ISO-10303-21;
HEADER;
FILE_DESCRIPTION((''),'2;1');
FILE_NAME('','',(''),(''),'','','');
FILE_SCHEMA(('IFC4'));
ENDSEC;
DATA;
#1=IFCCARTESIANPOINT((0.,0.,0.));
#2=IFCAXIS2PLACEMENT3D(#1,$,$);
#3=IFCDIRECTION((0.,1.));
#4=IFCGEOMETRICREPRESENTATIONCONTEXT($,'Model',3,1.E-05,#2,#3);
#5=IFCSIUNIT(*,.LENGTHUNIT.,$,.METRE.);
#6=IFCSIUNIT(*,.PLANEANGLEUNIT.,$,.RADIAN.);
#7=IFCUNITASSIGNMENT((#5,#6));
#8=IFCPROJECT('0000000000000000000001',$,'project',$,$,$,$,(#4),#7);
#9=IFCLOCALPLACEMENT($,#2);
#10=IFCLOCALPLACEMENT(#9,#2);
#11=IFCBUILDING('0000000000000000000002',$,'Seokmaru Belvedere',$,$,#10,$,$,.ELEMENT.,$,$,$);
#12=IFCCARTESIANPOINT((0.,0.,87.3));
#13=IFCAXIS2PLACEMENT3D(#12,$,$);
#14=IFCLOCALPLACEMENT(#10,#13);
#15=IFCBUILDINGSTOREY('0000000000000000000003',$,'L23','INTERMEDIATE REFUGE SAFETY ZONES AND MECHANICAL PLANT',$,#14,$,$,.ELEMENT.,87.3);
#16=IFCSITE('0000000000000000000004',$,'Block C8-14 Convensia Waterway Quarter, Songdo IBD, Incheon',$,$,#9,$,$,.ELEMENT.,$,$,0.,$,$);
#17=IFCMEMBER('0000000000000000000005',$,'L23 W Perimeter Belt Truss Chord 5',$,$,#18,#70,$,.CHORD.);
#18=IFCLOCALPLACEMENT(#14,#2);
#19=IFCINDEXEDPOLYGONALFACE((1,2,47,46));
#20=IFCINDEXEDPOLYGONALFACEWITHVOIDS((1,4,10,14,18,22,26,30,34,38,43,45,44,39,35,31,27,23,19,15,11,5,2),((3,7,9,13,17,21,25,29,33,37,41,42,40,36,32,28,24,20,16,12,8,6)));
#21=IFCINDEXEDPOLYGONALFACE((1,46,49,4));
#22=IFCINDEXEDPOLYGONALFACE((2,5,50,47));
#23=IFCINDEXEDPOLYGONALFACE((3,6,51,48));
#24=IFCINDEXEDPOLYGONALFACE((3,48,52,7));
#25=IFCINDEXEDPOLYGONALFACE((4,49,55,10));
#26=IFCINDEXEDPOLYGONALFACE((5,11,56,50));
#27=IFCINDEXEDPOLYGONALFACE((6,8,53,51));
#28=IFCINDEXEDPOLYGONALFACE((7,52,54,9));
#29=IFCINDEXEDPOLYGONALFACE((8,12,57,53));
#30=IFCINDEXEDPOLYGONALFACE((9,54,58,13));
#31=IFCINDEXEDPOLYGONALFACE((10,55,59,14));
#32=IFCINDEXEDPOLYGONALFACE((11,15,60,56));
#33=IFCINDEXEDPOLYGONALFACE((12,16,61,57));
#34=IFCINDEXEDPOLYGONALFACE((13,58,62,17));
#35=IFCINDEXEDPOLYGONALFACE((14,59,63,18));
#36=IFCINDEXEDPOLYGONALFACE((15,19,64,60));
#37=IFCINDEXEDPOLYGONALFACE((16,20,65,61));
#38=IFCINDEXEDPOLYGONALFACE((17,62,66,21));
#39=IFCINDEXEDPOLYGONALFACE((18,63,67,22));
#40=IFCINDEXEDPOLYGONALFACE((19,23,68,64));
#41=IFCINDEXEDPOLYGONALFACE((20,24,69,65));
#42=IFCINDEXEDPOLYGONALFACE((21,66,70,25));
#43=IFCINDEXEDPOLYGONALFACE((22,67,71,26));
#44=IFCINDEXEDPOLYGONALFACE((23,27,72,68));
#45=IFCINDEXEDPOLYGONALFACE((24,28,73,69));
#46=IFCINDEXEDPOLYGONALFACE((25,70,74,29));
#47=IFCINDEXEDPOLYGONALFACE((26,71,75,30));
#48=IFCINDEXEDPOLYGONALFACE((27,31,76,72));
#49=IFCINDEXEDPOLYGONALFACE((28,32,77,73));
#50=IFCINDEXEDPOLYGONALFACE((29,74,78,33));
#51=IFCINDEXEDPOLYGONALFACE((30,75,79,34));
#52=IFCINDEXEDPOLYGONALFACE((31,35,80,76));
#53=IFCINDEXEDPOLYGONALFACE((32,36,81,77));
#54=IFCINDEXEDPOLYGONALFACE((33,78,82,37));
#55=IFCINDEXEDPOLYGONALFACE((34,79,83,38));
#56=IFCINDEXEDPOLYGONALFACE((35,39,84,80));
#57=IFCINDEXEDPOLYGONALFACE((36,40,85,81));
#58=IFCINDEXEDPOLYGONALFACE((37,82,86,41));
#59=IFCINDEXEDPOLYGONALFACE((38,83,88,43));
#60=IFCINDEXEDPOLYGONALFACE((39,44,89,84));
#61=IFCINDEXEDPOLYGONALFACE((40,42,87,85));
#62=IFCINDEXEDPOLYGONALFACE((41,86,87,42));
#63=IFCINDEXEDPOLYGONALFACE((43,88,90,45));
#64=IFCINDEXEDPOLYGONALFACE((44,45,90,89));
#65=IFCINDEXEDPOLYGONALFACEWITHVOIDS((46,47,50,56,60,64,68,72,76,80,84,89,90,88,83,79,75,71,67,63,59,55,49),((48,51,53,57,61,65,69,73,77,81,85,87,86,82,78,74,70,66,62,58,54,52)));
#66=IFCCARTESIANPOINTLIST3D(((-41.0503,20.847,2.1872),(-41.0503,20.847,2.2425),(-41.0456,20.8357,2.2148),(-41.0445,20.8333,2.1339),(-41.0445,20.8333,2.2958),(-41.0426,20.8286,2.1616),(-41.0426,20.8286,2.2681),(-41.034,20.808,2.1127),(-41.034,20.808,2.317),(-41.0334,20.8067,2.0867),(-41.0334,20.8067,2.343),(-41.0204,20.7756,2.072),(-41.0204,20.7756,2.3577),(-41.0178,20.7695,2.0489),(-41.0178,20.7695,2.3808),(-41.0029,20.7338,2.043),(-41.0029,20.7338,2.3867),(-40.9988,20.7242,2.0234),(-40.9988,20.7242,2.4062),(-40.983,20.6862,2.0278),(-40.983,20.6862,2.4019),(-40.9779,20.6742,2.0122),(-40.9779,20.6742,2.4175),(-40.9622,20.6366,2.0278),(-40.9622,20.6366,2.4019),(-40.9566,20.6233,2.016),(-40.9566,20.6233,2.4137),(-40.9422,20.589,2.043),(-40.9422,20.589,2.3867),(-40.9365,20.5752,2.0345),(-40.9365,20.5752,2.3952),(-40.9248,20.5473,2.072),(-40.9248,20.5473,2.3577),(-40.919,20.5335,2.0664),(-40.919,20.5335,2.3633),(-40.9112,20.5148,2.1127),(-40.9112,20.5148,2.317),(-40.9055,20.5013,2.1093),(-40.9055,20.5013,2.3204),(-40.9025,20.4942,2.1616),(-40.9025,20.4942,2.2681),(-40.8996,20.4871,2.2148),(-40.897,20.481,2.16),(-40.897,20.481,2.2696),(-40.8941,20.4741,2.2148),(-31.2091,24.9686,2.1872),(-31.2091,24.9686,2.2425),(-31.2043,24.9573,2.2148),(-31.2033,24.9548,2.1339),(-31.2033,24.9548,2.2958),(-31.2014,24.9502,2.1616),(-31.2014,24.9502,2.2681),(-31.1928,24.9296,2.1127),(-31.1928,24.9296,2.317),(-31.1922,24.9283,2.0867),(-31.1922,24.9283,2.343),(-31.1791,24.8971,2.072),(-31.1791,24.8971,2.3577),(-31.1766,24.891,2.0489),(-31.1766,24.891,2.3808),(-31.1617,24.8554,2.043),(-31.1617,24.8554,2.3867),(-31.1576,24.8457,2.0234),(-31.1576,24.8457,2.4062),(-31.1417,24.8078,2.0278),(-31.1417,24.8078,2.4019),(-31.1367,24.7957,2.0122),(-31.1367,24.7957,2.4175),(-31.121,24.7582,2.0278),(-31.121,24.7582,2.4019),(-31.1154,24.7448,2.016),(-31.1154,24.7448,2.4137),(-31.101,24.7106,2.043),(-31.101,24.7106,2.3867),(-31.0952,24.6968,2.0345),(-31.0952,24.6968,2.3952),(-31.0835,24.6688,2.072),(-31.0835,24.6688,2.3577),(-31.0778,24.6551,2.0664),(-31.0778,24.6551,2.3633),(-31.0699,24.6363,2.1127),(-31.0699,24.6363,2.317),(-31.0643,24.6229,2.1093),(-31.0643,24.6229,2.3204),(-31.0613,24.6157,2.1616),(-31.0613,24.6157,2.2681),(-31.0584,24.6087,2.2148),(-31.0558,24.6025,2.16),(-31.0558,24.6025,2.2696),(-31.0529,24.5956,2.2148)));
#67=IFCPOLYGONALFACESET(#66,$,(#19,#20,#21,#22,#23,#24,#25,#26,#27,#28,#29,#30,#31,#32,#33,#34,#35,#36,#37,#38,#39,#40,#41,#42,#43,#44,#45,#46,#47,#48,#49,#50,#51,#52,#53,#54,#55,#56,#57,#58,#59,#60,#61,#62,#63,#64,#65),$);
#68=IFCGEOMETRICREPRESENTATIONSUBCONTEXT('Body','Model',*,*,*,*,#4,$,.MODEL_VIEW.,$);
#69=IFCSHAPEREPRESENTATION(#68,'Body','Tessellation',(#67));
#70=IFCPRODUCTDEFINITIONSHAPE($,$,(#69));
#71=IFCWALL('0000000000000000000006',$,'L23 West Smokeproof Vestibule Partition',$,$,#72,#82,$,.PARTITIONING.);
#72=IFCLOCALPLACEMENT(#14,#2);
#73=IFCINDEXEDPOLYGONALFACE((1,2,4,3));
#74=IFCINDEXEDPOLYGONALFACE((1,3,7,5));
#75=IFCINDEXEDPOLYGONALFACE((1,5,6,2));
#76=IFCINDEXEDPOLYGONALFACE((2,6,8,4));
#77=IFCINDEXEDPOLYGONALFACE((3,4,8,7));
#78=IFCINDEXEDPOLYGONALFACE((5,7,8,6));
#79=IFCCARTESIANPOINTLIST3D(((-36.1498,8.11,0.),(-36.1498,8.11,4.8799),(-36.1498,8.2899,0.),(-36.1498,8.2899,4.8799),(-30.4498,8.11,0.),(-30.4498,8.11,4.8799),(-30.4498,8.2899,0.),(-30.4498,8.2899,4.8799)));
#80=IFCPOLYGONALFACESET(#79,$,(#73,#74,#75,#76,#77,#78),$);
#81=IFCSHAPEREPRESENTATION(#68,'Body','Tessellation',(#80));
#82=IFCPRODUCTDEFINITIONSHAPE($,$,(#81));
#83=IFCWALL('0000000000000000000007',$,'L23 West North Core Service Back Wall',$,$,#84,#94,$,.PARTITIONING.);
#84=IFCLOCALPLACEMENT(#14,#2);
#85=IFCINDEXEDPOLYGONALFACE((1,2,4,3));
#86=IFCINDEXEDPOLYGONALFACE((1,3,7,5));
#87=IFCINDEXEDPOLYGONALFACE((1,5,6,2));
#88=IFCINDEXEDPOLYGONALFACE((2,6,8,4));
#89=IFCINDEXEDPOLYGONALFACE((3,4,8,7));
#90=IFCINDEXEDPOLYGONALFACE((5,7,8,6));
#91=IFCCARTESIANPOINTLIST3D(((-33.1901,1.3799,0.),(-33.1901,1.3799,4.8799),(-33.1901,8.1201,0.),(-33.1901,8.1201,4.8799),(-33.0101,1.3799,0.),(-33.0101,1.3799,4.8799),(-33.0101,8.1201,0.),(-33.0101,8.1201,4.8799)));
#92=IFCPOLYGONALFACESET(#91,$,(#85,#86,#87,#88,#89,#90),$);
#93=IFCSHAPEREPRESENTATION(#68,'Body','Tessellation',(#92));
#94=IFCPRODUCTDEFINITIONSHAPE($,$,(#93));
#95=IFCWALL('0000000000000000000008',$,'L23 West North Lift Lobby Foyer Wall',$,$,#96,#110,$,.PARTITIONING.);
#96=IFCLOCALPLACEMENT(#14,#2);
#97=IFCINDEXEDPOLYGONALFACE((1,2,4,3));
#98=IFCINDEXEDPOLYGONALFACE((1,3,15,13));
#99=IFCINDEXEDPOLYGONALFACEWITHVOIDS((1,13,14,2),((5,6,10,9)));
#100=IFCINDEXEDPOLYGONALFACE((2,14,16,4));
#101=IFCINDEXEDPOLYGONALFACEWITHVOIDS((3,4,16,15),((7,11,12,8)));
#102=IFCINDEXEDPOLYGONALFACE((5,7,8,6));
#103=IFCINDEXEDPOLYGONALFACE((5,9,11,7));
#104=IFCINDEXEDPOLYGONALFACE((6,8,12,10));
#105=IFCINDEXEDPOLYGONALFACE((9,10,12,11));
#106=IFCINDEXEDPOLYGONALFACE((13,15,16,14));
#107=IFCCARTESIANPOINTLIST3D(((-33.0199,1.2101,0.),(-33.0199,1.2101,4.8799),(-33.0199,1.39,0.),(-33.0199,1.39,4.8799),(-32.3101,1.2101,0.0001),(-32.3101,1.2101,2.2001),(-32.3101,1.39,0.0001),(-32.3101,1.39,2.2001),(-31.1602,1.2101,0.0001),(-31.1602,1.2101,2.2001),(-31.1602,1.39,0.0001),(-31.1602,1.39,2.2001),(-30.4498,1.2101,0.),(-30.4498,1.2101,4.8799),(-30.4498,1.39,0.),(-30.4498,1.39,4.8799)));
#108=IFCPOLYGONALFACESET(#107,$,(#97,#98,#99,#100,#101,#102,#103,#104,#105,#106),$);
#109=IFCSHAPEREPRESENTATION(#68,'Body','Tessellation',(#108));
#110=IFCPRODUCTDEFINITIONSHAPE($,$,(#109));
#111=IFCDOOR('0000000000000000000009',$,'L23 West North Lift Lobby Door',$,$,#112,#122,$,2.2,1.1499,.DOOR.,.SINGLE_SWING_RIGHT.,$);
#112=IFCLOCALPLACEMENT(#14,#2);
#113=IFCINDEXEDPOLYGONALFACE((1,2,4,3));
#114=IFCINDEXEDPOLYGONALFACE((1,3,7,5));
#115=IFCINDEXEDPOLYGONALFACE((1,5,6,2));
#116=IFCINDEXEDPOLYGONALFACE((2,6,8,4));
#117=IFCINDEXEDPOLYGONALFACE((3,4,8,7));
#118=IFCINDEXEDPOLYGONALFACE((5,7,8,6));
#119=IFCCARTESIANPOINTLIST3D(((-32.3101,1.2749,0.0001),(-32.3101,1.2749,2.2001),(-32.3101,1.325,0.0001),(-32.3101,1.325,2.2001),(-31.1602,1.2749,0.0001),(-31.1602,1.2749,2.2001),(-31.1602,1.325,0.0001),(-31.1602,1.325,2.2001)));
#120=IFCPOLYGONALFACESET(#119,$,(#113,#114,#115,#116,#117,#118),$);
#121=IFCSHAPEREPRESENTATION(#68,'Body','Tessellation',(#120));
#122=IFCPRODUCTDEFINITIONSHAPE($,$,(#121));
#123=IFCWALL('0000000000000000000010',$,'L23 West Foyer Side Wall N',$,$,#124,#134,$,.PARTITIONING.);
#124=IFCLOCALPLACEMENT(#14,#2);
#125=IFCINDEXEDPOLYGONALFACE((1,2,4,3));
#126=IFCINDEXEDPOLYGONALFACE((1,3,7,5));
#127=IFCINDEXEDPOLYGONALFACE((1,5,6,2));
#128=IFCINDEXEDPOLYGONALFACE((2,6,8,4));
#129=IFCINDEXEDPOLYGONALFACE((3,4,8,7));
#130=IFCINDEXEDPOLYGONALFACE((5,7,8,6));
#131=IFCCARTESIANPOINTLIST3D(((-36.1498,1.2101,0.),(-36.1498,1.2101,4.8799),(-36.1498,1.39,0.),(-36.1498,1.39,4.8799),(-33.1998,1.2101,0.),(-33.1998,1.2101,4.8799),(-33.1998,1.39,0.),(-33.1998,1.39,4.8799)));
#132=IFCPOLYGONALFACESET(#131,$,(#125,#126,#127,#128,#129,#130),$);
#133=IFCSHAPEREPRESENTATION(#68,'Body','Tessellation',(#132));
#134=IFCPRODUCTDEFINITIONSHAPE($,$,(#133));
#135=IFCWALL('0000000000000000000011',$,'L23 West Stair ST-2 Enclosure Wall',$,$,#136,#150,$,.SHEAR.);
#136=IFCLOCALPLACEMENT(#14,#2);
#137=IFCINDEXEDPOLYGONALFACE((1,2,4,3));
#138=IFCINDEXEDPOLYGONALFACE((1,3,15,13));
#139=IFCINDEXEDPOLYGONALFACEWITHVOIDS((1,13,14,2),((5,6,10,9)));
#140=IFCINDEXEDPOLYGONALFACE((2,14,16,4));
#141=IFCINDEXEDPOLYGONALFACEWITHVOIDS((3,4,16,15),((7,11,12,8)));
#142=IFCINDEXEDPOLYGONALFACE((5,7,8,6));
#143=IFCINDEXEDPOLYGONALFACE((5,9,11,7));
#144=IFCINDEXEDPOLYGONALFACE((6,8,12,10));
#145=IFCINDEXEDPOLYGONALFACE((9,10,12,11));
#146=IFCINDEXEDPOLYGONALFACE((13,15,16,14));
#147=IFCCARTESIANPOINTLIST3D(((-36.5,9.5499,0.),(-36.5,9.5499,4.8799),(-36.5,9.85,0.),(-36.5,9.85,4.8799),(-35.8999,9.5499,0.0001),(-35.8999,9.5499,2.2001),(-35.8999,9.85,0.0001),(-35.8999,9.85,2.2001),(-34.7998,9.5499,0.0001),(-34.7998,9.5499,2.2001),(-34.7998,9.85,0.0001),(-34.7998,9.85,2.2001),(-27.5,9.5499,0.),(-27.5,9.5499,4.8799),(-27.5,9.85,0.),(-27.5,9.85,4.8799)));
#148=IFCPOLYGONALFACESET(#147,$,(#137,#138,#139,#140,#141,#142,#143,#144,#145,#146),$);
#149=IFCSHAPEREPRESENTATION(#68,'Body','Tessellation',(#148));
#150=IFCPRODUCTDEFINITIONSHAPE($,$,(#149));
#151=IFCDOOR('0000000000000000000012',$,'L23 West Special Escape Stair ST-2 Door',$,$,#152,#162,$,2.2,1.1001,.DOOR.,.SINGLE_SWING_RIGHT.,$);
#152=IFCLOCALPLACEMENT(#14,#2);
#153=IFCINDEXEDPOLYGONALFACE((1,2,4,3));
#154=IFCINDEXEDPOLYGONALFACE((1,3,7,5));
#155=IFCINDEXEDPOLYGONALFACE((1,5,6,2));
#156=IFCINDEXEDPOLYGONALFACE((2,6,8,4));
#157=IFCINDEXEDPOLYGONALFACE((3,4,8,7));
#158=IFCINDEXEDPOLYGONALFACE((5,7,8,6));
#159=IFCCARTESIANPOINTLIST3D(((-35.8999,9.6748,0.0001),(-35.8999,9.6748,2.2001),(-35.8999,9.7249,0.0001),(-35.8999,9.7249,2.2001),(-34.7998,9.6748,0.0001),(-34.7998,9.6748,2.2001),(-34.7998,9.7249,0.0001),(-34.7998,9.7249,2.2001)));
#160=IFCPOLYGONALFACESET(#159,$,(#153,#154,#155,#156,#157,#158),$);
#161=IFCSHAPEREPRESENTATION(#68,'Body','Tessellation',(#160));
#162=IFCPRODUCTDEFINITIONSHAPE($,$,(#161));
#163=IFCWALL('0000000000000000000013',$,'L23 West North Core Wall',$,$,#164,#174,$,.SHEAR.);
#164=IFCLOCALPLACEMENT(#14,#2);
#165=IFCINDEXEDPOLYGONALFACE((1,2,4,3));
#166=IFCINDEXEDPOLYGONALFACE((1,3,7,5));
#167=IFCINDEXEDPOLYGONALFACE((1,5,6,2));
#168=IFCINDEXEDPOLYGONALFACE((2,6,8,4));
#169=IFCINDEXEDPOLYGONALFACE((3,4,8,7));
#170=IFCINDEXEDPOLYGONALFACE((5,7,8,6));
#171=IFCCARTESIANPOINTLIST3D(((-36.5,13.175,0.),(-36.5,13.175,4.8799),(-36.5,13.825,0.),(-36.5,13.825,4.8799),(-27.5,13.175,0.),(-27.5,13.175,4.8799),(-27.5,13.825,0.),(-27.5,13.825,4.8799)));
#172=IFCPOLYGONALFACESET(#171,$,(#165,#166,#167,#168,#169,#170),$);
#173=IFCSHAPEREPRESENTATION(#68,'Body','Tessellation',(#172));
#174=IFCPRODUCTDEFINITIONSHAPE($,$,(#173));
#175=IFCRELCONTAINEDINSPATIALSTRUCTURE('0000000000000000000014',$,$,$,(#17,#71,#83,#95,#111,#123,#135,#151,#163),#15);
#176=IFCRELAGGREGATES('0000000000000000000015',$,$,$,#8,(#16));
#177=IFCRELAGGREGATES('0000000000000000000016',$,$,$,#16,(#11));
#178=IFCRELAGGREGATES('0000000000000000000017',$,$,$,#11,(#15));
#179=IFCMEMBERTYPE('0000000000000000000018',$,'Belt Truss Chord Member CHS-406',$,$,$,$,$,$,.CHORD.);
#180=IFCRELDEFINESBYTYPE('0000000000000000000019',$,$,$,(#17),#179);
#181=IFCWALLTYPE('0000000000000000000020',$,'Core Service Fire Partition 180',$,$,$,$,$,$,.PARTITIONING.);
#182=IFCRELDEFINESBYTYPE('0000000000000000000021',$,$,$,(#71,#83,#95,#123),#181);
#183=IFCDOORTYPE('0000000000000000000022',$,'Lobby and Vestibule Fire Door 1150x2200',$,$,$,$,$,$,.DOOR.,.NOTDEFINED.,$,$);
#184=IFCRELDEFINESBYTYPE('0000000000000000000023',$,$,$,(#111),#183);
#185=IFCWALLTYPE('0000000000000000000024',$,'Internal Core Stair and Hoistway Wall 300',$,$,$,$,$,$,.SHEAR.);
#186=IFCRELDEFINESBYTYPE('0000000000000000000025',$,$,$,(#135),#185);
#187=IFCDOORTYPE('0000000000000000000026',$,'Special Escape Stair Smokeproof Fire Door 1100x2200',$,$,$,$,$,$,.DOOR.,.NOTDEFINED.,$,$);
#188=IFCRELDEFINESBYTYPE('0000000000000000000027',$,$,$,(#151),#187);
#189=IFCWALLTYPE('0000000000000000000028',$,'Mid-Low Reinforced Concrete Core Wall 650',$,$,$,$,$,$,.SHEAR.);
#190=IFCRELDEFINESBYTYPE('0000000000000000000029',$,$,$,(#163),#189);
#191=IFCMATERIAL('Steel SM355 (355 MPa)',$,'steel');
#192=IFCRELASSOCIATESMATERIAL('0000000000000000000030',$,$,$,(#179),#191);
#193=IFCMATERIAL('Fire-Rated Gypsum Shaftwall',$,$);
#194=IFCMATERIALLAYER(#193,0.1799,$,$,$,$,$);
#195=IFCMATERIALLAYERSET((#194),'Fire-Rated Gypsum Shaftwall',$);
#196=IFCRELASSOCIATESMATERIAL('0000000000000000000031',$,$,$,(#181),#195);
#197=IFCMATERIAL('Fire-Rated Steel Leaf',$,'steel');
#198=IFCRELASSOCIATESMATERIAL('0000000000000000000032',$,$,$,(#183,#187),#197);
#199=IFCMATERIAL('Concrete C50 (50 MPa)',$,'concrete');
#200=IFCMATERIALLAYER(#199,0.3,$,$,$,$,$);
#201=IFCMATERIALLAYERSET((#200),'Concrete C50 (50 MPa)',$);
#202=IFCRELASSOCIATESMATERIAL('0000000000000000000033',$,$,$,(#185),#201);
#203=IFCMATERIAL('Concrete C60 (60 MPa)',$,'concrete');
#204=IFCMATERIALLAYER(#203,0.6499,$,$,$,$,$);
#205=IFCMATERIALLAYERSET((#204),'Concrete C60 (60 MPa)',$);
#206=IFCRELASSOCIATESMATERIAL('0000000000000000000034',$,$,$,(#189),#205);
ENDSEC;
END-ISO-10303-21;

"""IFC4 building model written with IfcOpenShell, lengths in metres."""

from ifc_helpers import new_model, si_unit, direction, frame, frame_2d, origin, origin_2d, place, context, subcontext, project, spatial, rectangle, hollow_circle, extrude, source, transform, mapped, material, layer, layer_set, material_profile, profile_set, type_object, type_shapes, element, fill, save


model = new_model("IFC4")

# Units and contexts
model_context = context("Model", 3, precision=1e-05, world=origin(), true_north=direction((0.0, 1.0)))
body_context = subcontext(model_context, "Body", "Model", "MODEL_VIEW")
ifc_project = project(units=[si_unit("LENGTHUNIT", "METRE"), si_unit("PLANEANGLEUNIT", "RADIAN")], contexts=[model_context])

# Site, building, storey
site_placement = place(None, origin())
site = spatial("IfcSite", under=ifc_project, at=site_placement, Name="Block C8-14 Convensia Waterway Quarter, Songdo IBD, Incheon", CompositionType="ELEMENT", RefElevation=0.0)
building_placement = place(site_placement, origin())
building = spatial("IfcBuilding", under=site, at=building_placement, Name="Seokmaru Belvedere", CompositionType="ELEMENT")
storey_placement = place(building_placement, frame((0.0, 0.0, 87.3)))
storey = spatial("IfcBuildingStorey", under=building, at=storey_placement, Name="L23", Description="INTERMEDIATE REFUGE SAFETY ZONES AND MECHANICAL PLANT", CompositionType="ELEMENT", Elevation=87.3)

# Shared definitions
ifc_material_1 = material(Name="Steel SM355 (355 MPa)", Category="steel")

# Member
ifc_material_profile_1 = material_profile(ifc_material_1, hollow_circle(Radius=0.2031, WallThickness=0.0142, at=origin_2d()), Name="CHS-406.4x14.2")
ifc_profile_set_1 = profile_set([ifc_material_profile_1], Name="Steel SM355 (355 MPa)")
member_type_1 = type_object("IfcMemberType", Name="Belt Truss Chord Member CHS-406", PredefinedType="CHORD", material=ifc_profile_set_1)
shared_shape_1 = source(origin(), body_context, "Body", "SweptSolid", [
    extrude(hollow_circle(Radius=0.2031, WallThickness=0.0142, at=origin_2d()), origin(), (0.0, 0.0, 1.0), 10.6694),
])
type_shapes(member_type_1, [shared_shape_1])
member_1_placement = place(storey_placement, frame((-31.1313, 24.783, 2.2148), z_axis=(-0.922375, -0.386295, 0.0), x_axis=(0.386295, -0.922375, 0.0)))
element("IfcMember", 1, at=member_1_placement, inside=storey, type_object=member_type_1, Name="L23 W Perimeter Belt Truss Chord 5", PredefinedType="CHORD", context=body_context, shape_type="MappedRepresentation", body=[
    mapped(shared_shape_1, transform((0.0, 0.0, 0.0), scale=1.0)),
])

# Walls
ifc_material_2 = material(Name="Fire-Rated Gypsum Shaftwall")
ifc_layer_1 = layer(ifc_material_2, 0.1799)
ifc_layer_set_1 = layer_set([ifc_layer_1], Name="Fire-Rated Gypsum Shaftwall")
wall_type_1 = type_object("IfcWallType", Name="Core Service Fire Partition 180", PredefinedType="PARTITIONING", material=ifc_layer_set_1)
wall_1_placement = place(storey_placement, frame((-36.1499, 8.2, 0.0), z_axis=(0.0, 0.0, 1.0), x_axis=(1.0, 0.0, 0.0)))
element("IfcWall", 2, at=wall_1_placement, inside=storey, type_object=wall_type_1, Name="L23 West Smokeproof Vestibule Partition", PredefinedType="PARTITIONING", context=body_context, shape_type="SweptSolid", body=[
    extrude(rectangle(XDim=5.7, YDim=0.1799, at=frame_2d((2.8501, 0.0))), origin(), (0.0, 0.0, 1.0), 4.8799),
])
wall_2_placement = place(storey_placement, frame((-33.1001, 1.3799, 0.0), z_axis=(0.0, 0.0, 1.0), x_axis=(0.0, 1.0, 0.0)))
element("IfcWall", 3, at=wall_2_placement, inside=storey, type_object=wall_type_1, Name="L23 West North Core Service Back Wall", PredefinedType="PARTITIONING", context=body_context, shape_type="SweptSolid", body=[
    extrude(rectangle(XDim=6.7402, YDim=0.1799, at=frame_2d((3.3701, 0.0))), origin(), (0.0, 0.0, 1.0), 4.8799),
])

# Wall, opening, door
wall_3_placement = place(storey_placement, frame((-33.02, 1.3, 0.0), z_axis=(0.0, 0.0, 1.0), x_axis=(1.0, 0.0, 0.0)))
wall_3 = element("IfcWall", 4, at=wall_3_placement, inside=storey, type_object=wall_type_1, Name="L23 West North Lift Lobby Foyer Wall", PredefinedType="PARTITIONING", context=body_context, shape_type="SweptSolid", body=[
    extrude(rectangle(XDim=2.5701, YDim=0.1799, at=frame_2d((1.2852, 0.0))), origin(), (0.0, 0.0, 1.0), 4.8799),
])
opening_1_placement = place(wall_3_placement, frame((0.71, 0.0, 0.0)))
opening_1 = element("IfcOpeningElement", 5, at=opening_1_placement, cuts=wall_3, PredefinedType="OPENING", context=body_context, shape_type="SweptSolid", body=[
    extrude(rectangle(XDim=1.1499, YDim=2.2, at=frame_2d((0.575, 1.1001))), frame((0.0, 0.1001, 0.0), z_axis=(0.0, -1.0, 0.0), x_axis=(1.0, 0.0, 0.0)), (0.0, 0.0, 1.0), 0.2),
])
ifc_material_3 = material(Name="Fire-Rated Steel Leaf", Category="steel")
door_type_1 = type_object("IfcDoorType", Name="Lobby and Vestibule Fire Door 1150x2200", OperationType="NOTDEFINED", PredefinedType="DOOR", material=ifc_material_3)
shared_shape_2 = source(origin(), body_context, "Body", "SweptSolid", [
    extrude(rectangle(XDim=1.1499, YDim=2.2, at=frame_2d((0.575, 1.1001))), frame((0.0, 0.0249, 0.0), z_axis=(0.0, -1.0, 0.0), x_axis=(1.0, 0.0, 0.0)), (0.0, 0.0, 1.0), 0.05),
])
type_shapes(door_type_1, [shared_shape_2])
door_1_placement = place(opening_1_placement, origin())
door_1 = element("IfcDoor", 6, at=door_1_placement, inside=storey, type_object=door_type_1, Name="L23 West North Lift Lobby Door", OperationType="SINGLE_SWING_RIGHT", OverallHeight=2.2, OverallWidth=1.1499, PredefinedType="DOOR", context=body_context, shape_type="MappedRepresentation", body=[
    mapped(shared_shape_2, transform((0.0, 0.0, 0.0), scale=1.0)),
])
fill(opening_1, door_1)

# Wall
wall_4_placement = place(storey_placement, frame((-36.1499, 1.3, 0.0), z_axis=(0.0, 0.0, 1.0), x_axis=(1.0, 0.0, 0.0)))
element("IfcWall", 7, at=wall_4_placement, inside=storey, type_object=wall_type_1, Name="L23 West Foyer Side Wall N", PredefinedType="PARTITIONING", context=body_context, shape_type="SweptSolid", body=[
    extrude(rectangle(XDim=2.95, YDim=0.1799, at=frame_2d((1.4751, 0.0))), origin(), (0.0, 0.0, 1.0), 4.8799),
])

# Wall, opening, door
ifc_material_4 = material(Name="Concrete C50 (50 MPa)", Category="concrete")
ifc_layer_2 = layer(ifc_material_4, 0.3)
ifc_layer_set_2 = layer_set([ifc_layer_2], Name="Concrete C50 (50 MPa)")
wall_type_2 = type_object("IfcWallType", Name="Internal Core Stair and Hoistway Wall 300", PredefinedType="SHEAR", material=ifc_layer_set_2)
wall_5_placement = place(storey_placement, frame((-36.5, 9.7, 0.0), z_axis=(0.0, 0.0, 1.0), x_axis=(1.0, 0.0, 0.0)))
wall_5 = element("IfcWall", 8, at=wall_5_placement, inside=storey, type_object=wall_type_2, Name="L23 West Stair ST-2 Enclosure Wall", PredefinedType="SHEAR", context=body_context, shape_type="SweptSolid", body=[
    extrude(rectangle(XDim=9.0, YDim=0.3, at=frame_2d((4.5, 0.0))), origin(), (0.0, 0.0, 1.0), 4.8799),
])
opening_2_placement = place(wall_5_placement, frame((0.6001, 0.0, 0.0)))
opening_2 = element("IfcOpeningElement", 9, at=opening_2_placement, cuts=wall_5, PredefinedType="OPENING", context=body_context, shape_type="SweptSolid", body=[
    extrude(rectangle(XDim=1.1001, YDim=2.2, at=frame_2d((0.55, 1.1001))), frame((0.0, 0.1602, 0.0), z_axis=(0.0, -1.0, 0.0), x_axis=(1.0, 0.0, 0.0)), (0.0, 0.0, 1.0), 0.3201),
])
door_type_2 = type_object("IfcDoorType", Name="Special Escape Stair Smokeproof Fire Door 1100x2200", OperationType="NOTDEFINED", PredefinedType="DOOR", material=ifc_material_3)
shared_shape_3 = source(origin(), body_context, "Body", "SweptSolid", [
    extrude(rectangle(XDim=1.1001, YDim=2.2, at=frame_2d((0.55, 1.1001))), frame((0.0, 0.0249, 0.0), z_axis=(0.0, -1.0, 0.0), x_axis=(1.0, 0.0, 0.0)), (0.0, 0.0, 1.0), 0.05),
])
type_shapes(door_type_2, [shared_shape_3])
door_2_placement = place(opening_2_placement, origin())
door_2 = element("IfcDoor", 10, at=door_2_placement, inside=storey, type_object=door_type_2, Name="L23 West Special Escape Stair ST-2 Door", OperationType="SINGLE_SWING_RIGHT", OverallHeight=2.2, OverallWidth=1.1001, PredefinedType="DOOR", context=body_context, shape_type="MappedRepresentation", body=[
    mapped(shared_shape_3, transform((0.0, 0.0, 0.0), scale=1.0)),
])
fill(opening_2, door_2)

# Wall
ifc_material_5 = material(Name="Concrete C60 (60 MPa)", Category="concrete")
ifc_layer_3 = layer(ifc_material_5, 0.6499)
ifc_layer_set_3 = layer_set([ifc_layer_3], Name="Concrete C60 (60 MPa)")
wall_type_3 = type_object("IfcWallType", Name="Mid-Low Reinforced Concrete Core Wall 650", PredefinedType="SHEAR", material=ifc_layer_set_3)
wall_6_placement = place(storey_placement, frame((-36.5, 13.5, 0.0), z_axis=(0.0, 0.0, 1.0), x_axis=(1.0, 0.0, 0.0)))
element("IfcWall", 11, at=wall_6_placement, inside=storey, type_object=wall_type_3, Name="L23 West North Core Wall", PredefinedType="SHEAR", context=body_context, shape_type="SweptSolid", body=[
    extrude(rectangle(XDim=9.0, YDim=0.6499, at=frame_2d((4.5, 0.0))), origin(), (0.0, 0.0, 1.0), 4.8799),
])

save(model, "model.ifc")
